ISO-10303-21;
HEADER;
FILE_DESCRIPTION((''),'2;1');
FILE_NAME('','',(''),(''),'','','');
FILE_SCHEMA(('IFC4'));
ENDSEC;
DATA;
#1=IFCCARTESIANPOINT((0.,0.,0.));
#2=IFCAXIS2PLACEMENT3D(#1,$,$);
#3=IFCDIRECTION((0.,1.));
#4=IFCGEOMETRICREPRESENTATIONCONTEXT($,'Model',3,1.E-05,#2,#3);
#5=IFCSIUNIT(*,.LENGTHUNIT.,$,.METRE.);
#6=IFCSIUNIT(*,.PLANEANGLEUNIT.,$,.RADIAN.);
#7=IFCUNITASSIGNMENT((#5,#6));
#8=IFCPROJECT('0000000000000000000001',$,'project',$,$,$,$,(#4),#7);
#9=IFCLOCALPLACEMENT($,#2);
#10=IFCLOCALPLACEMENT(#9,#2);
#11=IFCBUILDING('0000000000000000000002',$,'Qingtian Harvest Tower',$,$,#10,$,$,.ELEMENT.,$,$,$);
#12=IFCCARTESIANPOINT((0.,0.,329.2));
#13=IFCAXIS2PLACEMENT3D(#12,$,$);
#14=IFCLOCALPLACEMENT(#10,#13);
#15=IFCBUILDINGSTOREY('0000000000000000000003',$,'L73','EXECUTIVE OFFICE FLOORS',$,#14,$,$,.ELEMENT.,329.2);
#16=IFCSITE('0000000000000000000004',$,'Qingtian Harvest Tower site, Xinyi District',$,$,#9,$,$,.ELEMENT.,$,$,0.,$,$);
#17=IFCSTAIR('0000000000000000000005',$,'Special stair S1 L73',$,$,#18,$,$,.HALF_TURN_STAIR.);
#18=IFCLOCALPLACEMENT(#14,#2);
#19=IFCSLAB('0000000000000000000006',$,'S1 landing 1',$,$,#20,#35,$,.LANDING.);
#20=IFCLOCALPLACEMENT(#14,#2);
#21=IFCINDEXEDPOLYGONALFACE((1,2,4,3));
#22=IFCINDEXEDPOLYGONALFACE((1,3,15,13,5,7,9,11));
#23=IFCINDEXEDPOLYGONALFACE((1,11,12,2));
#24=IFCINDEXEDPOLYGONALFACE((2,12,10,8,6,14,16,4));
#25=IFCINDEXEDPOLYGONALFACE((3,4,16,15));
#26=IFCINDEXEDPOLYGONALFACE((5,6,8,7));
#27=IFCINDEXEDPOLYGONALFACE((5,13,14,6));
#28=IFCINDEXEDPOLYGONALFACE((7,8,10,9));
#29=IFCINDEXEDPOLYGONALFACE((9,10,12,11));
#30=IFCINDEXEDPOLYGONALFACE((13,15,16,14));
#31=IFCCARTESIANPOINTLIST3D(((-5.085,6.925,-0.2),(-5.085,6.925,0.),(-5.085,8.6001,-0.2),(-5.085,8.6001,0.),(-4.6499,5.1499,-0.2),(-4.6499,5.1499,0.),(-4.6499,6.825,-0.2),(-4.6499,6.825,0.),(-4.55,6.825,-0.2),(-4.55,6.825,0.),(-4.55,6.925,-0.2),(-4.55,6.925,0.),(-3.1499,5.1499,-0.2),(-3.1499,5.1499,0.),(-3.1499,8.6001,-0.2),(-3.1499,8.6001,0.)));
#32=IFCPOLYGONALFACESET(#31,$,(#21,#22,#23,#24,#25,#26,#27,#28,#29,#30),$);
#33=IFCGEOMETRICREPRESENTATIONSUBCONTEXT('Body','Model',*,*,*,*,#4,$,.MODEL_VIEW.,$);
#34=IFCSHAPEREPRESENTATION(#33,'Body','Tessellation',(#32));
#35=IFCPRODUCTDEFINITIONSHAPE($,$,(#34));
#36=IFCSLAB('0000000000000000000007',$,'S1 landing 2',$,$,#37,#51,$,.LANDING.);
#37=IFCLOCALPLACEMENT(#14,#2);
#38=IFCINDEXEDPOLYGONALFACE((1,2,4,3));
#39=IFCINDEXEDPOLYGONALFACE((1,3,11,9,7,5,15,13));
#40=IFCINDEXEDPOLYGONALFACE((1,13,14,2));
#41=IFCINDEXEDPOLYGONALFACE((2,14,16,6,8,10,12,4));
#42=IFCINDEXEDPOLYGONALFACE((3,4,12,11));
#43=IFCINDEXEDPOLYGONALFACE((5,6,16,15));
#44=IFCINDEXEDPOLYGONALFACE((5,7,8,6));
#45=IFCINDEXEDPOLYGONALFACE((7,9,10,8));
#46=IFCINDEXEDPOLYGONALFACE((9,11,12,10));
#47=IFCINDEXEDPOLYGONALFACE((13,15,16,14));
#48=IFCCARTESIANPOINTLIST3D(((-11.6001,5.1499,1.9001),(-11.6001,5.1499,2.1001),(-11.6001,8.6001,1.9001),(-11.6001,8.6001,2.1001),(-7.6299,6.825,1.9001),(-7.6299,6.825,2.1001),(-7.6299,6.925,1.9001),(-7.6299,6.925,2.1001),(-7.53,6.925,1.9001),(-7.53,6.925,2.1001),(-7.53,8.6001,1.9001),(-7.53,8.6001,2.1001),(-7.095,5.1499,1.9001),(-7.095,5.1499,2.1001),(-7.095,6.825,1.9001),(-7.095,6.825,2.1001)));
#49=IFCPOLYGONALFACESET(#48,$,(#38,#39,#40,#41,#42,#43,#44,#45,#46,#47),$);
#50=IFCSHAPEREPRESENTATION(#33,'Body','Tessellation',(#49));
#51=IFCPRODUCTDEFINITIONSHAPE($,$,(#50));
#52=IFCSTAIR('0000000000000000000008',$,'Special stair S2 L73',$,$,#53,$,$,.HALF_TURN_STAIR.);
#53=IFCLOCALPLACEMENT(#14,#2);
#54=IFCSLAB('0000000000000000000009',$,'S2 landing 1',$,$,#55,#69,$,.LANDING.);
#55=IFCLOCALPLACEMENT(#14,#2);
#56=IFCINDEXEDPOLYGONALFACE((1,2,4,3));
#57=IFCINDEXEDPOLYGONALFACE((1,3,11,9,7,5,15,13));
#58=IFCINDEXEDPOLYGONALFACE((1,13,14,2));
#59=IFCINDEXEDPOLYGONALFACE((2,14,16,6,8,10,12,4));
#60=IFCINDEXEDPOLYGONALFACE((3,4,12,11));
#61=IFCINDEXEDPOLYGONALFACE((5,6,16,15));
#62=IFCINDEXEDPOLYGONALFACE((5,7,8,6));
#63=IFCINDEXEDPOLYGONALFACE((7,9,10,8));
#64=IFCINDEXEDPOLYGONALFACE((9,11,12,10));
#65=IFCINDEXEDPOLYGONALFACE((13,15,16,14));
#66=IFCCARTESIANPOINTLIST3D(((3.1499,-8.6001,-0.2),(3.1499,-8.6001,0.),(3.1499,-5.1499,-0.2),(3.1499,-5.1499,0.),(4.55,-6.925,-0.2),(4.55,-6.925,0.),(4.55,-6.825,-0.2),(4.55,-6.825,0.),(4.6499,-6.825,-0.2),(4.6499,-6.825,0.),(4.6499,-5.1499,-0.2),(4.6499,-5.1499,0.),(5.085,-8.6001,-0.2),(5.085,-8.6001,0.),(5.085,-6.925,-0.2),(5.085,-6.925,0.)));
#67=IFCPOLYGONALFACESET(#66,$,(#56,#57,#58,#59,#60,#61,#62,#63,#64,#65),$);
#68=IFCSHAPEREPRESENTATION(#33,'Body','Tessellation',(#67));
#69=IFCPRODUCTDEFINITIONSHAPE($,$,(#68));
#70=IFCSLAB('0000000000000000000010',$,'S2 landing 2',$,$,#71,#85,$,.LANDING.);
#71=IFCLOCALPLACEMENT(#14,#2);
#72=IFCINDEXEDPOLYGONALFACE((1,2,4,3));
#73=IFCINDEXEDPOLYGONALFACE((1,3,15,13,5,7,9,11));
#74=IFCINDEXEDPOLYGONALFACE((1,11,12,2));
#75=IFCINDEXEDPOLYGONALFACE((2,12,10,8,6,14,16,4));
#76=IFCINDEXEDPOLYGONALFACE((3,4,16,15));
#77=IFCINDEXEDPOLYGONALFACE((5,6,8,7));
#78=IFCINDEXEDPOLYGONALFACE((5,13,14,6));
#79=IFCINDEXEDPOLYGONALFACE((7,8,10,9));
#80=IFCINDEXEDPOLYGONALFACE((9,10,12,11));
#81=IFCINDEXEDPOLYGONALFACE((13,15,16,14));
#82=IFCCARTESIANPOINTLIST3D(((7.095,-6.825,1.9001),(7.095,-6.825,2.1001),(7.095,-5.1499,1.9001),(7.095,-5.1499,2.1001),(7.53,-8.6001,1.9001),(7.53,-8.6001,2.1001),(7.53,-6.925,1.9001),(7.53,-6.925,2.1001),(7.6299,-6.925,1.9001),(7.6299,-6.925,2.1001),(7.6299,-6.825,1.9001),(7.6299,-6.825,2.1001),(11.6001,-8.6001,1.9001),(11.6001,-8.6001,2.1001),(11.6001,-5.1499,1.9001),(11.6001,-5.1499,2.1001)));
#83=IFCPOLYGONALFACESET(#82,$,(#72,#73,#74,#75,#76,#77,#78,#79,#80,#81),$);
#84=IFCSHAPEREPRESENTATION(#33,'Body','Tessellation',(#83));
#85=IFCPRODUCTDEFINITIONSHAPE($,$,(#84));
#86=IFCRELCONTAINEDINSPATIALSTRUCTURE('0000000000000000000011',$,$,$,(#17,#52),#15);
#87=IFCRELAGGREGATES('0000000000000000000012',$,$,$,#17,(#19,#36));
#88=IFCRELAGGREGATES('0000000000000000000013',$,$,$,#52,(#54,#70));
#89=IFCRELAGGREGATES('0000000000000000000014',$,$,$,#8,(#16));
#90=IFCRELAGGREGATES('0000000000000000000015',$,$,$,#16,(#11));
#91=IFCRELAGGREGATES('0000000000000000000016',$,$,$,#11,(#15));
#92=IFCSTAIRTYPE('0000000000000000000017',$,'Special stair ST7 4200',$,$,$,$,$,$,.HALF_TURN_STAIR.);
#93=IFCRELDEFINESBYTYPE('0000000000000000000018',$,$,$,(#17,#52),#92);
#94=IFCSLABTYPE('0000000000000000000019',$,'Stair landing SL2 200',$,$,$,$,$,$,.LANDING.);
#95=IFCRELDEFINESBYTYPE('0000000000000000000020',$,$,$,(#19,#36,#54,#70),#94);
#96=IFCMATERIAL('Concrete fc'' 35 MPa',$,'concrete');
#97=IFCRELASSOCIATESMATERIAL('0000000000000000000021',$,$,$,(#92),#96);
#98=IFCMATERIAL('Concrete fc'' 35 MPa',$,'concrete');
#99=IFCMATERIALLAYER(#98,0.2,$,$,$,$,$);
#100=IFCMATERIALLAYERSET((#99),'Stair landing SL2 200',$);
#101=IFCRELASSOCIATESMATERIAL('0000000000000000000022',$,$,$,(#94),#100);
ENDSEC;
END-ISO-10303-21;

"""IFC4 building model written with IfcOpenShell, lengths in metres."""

from ifc_helpers import new_model, si_unit, direction, frame, origin, place, context, subcontext, project, spatial, polyline, outline, extrude, material, layer, layer_set, type_object, element, aggregate, save


model = new_model("IFC4")

# Units and contexts
model_context = context("Model", 3, precision=1e-05, world=origin(), true_north=direction((0.0, 1.0)))
body_context = subcontext(model_context, "Body", "Model", "MODEL_VIEW")
ifc_project = project(units=[si_unit("LENGTHUNIT", "METRE"), si_unit("PLANEANGLEUNIT", "RADIAN")], contexts=[model_context])

# Site, building, storey
site_placement = place(None, origin())
site = spatial("IfcSite", under=ifc_project, at=site_placement, Name="Qingtian Harvest Tower site, Xinyi District", CompositionType="ELEMENT", RefElevation=0.0)
building_placement = place(site_placement, origin())
building = spatial("IfcBuilding", under=site, at=building_placement, Name="Qingtian Harvest Tower", CompositionType="ELEMENT")
storey_placement = place(building_placement, frame((0.0, 0.0, 329.2)))
storey = spatial("IfcBuildingStorey", under=building, at=storey_placement, Name="L73", Description="EXECUTIVE OFFICE FLOORS", CompositionType="ELEMENT", Elevation=329.2)

# Stairs, slabs
ifc_material_1 = material(Name="Concrete fc' 35 MPa", Category="concrete")
stair_type_1 = type_object("IfcStairType", Name="Special stair ST7 4200", PredefinedType="HALF_TURN_STAIR", material=ifc_material_1)
stair_1_placement = place(storey_placement, origin())
stair_1 = element("IfcStair", 1, at=stair_1_placement, inside=storey, type_object=stair_type_1, Name="Special stair S1 L73", PredefinedType="HALF_TURN_STAIR")
ifc_material_2 = material(Name="Concrete fc' 35 MPa", Category="concrete")
ifc_layer_1 = layer(ifc_material_2, 0.2)
ifc_layer_set_1 = layer_set([ifc_layer_1], Name="Stair landing SL2 200")
slab_type_1 = type_object("IfcSlabType", Name="Stair landing SL2 200", PredefinedType="LANDING", material=ifc_layer_set_1)
slab_1_placement = place(storey_placement, frame((0.0, 0.0, -0.2)))
slab_1 = element("IfcSlab", 2, at=slab_1_placement, type_object=slab_type_1, Name="S1 landing 1", PredefinedType="LANDING", context=body_context, shape_type="SweptSolid", body=[
    extrude(outline(polyline([(-4.6499, 5.1499), (-4.6499, 6.825), (-4.55, 6.825), (-4.55, 6.925), (-5.085, 6.925), (-5.085, 8.6001), (-3.1499, 8.6001), (-3.1499, 5.1499), (-4.6499, 5.1499)])), origin(), (0.0, 0.0, 1.0), 0.2),
])
slab_2_placement = place(storey_placement, frame((0.0, 0.0, 1.9001)))
slab_2 = element("IfcSlab", 3, at=slab_2_placement, type_object=slab_type_1, Name="S1 landing 2", PredefinedType="LANDING", context=body_context, shape_type="SweptSolid", body=[
    extrude(outline(polyline([(-7.095, 5.1499), (-11.6001, 5.1499), (-11.6001, 8.6001), (-7.53, 8.6001), (-7.53, 6.925), (-7.6299, 6.925), (-7.6299, 6.825), (-7.095, 6.825), (-7.095, 5.1499)])), origin(), (0.0, 0.0, 1.0), 0.2),
])
aggregate(stair_1, [slab_1, slab_2])
stair_2_placement = place(storey_placement, origin())
stair_2 = element("IfcStair", 4, at=stair_2_placement, inside=storey, type_object=stair_type_1, Name="Special stair S2 L73", PredefinedType="HALF_TURN_STAIR")
slab_3_placement = place(storey_placement, frame((0.0, 0.0, -0.2)))
slab_3 = element("IfcSlab", 5, at=slab_3_placement, type_object=slab_type_1, Name="S2 landing 1", PredefinedType="LANDING", context=body_context, shape_type="SweptSolid", body=[
    extrude(outline(polyline([(5.085, -8.6001), (3.1499, -8.6001), (3.1499, -5.1499), (4.6499, -5.1499), (4.6499, -6.825), (4.55, -6.825), (4.55, -6.925), (5.085, -6.925), (5.085, -8.6001)])), origin(), (0.0, 0.0, 1.0), 0.2),
])
slab_4_placement = place(storey_placement, frame((0.0, 0.0, 1.9001)))
slab_4 = element("IfcSlab", 6, at=slab_4_placement, type_object=slab_type_1, Name="S2 landing 2", PredefinedType="LANDING", context=body_context, shape_type="SweptSolid", body=[
    extrude(outline(polyline([(7.53, -8.6001), (7.53, -6.925), (7.6299, -6.925), (7.6299, -6.825), (7.095, -6.825), (7.095, -5.1499), (11.6001, -5.1499), (11.6001, -8.6001), (7.53, -8.6001)])), origin(), (0.0, 0.0, 1.0), 0.2),
])
aggregate(stair_2, [slab_3, slab_4])

save(model, "model.ifc")
